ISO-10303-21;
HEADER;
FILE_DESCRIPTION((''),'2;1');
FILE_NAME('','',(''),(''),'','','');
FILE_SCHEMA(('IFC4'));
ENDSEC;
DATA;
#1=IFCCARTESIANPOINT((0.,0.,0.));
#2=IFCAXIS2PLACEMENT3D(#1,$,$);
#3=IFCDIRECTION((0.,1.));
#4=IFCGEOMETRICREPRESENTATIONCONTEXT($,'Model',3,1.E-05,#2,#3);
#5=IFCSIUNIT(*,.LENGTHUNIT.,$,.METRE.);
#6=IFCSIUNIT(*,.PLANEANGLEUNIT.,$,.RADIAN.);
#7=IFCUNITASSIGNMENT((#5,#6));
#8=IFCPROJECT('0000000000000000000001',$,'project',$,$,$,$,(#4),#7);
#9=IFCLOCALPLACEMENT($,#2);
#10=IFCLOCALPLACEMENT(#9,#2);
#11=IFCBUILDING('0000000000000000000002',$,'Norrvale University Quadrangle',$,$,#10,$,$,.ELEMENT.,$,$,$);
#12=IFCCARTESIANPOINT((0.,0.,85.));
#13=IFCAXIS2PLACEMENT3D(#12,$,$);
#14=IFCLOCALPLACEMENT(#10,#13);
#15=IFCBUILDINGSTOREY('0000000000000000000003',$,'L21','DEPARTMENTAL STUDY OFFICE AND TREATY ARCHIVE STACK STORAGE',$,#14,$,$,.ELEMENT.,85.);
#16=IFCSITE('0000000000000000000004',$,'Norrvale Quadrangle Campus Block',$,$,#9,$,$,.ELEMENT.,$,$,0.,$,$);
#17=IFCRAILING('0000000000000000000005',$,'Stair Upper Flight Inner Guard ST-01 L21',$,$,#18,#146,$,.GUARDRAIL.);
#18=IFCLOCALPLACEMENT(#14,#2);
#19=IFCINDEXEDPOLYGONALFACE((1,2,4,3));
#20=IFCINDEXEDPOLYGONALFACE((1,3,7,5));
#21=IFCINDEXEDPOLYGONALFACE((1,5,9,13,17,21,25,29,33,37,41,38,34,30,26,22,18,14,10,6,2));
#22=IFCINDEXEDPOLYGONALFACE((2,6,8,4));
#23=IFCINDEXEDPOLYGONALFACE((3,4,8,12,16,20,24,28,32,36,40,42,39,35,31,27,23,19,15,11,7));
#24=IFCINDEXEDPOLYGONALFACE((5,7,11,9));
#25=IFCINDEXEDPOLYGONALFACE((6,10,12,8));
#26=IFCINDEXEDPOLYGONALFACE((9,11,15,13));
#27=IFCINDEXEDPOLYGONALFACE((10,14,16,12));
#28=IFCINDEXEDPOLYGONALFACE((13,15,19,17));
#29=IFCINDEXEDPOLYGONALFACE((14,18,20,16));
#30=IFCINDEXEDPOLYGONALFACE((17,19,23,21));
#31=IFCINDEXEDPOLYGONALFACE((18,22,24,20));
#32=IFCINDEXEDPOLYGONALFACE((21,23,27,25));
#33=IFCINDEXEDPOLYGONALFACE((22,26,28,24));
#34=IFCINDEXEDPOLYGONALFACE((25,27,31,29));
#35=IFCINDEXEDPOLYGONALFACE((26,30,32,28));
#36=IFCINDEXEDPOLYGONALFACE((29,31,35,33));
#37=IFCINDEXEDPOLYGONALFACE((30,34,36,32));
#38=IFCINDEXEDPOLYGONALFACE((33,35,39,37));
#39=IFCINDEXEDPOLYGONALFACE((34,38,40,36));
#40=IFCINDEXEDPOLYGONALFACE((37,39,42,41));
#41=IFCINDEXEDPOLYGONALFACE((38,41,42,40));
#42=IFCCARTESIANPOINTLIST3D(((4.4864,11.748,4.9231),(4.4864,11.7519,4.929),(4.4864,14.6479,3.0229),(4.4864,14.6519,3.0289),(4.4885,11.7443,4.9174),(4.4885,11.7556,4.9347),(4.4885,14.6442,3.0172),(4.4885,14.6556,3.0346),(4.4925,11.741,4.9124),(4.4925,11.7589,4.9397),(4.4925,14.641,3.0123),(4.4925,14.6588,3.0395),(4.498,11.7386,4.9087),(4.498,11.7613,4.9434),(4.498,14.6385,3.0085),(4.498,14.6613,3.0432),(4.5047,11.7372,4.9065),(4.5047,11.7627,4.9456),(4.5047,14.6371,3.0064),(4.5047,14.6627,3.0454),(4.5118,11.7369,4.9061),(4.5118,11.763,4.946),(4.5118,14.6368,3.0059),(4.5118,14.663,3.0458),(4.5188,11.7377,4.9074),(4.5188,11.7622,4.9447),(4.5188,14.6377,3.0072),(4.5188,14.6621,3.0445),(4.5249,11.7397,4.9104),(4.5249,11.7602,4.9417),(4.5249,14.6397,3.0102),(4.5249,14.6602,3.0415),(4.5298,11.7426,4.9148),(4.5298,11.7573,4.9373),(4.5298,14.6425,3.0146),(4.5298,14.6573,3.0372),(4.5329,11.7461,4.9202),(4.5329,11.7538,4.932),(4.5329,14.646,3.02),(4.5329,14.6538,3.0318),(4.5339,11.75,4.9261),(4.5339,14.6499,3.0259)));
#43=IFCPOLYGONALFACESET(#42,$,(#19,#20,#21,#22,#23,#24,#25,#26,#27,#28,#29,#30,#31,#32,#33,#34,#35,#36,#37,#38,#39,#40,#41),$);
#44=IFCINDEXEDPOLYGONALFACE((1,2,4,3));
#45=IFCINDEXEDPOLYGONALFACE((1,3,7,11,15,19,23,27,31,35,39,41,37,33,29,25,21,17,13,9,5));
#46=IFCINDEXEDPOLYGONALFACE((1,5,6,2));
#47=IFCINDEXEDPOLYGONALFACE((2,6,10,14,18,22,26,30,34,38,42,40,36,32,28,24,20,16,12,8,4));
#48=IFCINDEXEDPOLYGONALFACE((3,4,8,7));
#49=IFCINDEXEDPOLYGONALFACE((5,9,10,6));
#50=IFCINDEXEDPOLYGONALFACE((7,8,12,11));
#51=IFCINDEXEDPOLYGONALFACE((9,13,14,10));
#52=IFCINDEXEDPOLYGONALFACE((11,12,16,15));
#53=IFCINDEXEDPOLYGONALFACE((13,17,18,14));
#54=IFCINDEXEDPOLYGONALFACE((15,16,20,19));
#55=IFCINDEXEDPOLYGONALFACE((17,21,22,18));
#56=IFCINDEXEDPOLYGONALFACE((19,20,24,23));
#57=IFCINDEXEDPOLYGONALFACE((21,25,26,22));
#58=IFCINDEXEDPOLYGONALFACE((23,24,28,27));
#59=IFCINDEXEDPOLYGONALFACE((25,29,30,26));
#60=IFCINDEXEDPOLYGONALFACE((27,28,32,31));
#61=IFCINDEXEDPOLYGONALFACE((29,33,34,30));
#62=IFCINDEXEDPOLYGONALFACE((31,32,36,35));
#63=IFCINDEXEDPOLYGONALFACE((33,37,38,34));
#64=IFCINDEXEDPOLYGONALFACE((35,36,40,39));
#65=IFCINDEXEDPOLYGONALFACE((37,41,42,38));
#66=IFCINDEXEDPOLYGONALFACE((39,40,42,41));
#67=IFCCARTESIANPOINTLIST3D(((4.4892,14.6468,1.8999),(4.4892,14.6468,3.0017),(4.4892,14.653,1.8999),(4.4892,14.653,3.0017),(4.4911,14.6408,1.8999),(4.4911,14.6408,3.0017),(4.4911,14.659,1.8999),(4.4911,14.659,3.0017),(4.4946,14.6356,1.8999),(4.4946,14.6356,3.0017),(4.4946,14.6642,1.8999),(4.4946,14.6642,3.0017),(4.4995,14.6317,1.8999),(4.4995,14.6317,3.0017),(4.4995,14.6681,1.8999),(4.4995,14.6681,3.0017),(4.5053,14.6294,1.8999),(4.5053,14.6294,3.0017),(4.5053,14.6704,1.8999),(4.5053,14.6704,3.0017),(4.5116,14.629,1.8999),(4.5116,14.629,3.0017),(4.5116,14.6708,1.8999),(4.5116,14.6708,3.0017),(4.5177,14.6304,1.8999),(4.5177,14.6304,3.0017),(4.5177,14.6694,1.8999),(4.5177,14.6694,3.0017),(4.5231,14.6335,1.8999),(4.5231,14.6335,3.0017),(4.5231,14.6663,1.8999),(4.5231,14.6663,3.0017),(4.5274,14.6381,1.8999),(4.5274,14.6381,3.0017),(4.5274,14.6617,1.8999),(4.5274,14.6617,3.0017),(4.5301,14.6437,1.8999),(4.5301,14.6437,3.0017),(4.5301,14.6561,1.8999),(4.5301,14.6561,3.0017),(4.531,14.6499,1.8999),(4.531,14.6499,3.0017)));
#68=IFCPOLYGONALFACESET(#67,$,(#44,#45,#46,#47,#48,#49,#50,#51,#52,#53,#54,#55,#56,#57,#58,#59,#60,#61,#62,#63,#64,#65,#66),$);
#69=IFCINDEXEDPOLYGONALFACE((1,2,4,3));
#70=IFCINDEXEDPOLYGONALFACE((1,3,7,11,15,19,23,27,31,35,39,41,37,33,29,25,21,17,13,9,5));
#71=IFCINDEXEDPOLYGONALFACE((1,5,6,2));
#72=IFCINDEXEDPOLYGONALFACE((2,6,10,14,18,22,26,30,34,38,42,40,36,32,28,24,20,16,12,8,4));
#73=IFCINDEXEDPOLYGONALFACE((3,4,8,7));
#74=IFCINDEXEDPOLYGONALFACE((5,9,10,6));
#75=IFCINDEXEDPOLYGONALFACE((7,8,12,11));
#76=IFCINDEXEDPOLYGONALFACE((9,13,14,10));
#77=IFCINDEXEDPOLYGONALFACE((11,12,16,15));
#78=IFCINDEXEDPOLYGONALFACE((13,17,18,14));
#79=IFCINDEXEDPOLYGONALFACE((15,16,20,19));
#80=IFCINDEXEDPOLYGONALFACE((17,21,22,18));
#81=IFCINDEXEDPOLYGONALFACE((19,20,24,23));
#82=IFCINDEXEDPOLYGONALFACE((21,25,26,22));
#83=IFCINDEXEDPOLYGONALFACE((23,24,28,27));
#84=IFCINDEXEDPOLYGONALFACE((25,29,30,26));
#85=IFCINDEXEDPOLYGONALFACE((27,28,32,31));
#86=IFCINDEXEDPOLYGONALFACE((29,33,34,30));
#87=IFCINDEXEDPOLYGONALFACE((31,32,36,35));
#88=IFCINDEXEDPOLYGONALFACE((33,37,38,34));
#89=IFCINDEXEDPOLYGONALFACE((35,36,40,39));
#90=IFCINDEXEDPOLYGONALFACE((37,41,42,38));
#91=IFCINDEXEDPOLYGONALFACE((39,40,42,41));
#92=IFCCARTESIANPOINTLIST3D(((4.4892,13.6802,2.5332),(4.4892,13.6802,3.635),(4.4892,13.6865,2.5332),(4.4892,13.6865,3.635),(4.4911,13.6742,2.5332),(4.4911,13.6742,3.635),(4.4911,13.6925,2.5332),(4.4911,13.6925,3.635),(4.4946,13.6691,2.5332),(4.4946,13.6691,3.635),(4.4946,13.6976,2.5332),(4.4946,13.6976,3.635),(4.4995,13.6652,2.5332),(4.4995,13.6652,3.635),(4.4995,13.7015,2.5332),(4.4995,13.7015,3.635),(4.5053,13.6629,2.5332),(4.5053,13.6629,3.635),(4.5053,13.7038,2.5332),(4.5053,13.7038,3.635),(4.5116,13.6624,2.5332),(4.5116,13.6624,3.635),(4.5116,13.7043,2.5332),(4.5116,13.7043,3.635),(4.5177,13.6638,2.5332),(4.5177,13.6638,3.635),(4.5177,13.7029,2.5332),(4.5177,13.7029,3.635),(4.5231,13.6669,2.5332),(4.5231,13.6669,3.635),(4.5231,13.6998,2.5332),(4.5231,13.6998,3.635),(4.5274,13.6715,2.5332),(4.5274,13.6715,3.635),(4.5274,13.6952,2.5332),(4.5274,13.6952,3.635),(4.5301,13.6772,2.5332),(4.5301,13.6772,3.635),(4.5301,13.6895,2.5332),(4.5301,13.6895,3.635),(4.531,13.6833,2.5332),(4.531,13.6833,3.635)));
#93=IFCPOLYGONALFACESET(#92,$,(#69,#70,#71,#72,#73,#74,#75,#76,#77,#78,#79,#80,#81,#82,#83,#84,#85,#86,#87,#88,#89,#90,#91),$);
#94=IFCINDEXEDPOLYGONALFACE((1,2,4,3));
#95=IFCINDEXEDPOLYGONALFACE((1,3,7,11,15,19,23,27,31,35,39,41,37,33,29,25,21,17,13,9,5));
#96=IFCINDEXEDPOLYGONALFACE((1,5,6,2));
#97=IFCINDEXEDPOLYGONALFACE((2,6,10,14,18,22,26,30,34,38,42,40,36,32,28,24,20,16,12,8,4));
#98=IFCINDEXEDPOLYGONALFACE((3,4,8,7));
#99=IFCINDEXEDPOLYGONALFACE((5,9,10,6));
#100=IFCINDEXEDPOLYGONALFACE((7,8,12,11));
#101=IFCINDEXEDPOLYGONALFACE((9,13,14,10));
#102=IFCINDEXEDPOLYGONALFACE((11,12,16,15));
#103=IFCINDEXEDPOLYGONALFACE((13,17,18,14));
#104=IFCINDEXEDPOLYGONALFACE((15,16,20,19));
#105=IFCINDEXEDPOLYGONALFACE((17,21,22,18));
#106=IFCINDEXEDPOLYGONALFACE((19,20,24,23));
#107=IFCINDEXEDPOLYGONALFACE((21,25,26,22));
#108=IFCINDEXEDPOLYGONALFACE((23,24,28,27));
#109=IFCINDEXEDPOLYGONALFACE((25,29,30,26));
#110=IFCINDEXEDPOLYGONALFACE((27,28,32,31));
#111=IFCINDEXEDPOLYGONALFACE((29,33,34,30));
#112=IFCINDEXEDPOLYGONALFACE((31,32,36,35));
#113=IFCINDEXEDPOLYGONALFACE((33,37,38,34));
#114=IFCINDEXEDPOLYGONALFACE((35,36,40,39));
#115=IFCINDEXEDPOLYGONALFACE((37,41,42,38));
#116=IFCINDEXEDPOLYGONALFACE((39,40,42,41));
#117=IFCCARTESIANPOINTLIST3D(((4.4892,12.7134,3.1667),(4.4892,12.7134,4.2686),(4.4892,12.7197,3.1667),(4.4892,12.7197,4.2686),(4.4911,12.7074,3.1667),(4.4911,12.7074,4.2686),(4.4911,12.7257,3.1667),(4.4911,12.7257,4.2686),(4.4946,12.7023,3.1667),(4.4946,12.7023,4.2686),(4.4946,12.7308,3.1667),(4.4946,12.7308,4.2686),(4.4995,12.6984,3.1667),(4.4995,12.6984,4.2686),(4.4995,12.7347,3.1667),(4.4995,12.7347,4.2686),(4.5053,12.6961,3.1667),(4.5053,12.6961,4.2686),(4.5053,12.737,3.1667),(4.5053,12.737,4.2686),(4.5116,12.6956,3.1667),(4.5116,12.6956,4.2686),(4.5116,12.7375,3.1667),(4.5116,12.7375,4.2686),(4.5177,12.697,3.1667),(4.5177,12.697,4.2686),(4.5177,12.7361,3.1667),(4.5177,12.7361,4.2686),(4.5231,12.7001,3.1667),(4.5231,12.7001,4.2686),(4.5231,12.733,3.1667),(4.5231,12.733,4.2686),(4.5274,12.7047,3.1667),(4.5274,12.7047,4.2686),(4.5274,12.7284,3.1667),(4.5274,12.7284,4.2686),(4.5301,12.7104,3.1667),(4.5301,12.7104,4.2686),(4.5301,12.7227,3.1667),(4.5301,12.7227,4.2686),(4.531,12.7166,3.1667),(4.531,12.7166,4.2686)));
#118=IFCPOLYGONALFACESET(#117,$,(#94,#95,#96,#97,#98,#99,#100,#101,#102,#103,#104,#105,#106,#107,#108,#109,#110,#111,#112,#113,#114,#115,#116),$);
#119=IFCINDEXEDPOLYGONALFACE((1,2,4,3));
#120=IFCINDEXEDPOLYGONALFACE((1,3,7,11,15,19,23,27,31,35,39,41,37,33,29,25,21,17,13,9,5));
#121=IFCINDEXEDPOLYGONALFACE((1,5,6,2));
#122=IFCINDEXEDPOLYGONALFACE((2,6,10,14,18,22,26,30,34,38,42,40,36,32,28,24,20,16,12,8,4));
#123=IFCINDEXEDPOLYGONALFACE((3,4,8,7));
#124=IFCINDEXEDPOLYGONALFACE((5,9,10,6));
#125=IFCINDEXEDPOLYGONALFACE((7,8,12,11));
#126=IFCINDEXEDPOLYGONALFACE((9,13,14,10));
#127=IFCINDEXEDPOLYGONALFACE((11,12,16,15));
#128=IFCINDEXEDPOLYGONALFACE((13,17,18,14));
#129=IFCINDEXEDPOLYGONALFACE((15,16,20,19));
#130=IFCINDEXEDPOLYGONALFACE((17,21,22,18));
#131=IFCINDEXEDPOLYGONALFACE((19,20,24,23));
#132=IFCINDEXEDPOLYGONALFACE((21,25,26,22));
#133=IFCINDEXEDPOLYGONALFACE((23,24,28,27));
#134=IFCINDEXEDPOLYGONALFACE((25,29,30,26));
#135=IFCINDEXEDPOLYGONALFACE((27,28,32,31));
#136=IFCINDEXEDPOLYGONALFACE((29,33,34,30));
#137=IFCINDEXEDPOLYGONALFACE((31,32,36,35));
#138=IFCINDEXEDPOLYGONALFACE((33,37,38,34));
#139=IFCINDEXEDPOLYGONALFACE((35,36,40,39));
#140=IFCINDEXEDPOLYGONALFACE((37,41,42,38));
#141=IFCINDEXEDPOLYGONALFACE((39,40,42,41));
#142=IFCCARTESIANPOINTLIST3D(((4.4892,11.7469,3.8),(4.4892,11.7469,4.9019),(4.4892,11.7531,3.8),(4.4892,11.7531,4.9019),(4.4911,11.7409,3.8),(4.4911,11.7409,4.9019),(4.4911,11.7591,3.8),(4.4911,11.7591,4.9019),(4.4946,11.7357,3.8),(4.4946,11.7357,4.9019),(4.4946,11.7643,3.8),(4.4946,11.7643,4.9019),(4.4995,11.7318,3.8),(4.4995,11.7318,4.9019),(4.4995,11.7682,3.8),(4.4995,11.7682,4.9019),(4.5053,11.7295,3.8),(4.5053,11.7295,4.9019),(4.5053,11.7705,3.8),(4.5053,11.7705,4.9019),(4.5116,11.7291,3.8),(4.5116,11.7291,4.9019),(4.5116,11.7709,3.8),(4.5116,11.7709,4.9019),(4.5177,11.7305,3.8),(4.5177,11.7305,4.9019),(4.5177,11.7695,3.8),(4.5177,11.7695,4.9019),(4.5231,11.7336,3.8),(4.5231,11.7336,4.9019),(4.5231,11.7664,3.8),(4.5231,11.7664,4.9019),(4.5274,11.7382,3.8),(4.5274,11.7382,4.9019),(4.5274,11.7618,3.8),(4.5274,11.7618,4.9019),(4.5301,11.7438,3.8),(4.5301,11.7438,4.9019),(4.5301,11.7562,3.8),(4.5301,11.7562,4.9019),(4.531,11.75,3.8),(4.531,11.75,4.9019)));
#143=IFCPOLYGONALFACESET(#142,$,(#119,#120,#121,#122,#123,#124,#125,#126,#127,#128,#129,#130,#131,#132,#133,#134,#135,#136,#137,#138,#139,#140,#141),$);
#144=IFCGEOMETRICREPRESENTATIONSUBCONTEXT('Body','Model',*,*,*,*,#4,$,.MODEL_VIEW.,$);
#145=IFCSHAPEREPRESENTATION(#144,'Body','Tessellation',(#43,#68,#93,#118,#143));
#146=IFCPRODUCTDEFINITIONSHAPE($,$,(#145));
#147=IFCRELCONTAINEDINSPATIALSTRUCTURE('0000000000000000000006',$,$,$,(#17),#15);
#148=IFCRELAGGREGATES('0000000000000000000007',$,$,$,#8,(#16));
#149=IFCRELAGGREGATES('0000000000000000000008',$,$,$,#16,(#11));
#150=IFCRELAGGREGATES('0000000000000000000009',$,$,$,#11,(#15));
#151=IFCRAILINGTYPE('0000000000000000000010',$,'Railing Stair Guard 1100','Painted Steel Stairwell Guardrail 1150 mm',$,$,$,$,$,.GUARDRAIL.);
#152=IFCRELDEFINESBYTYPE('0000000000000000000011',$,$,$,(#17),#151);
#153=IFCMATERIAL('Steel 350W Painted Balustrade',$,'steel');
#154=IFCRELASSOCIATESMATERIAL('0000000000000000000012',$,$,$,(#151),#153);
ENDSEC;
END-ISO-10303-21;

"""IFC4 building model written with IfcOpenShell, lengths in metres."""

from ifc_helpers import new_model, si_unit, direction, frame, origin, origin_2d, place, context, subcontext, project, spatial, circle, extrude, material, type_object, element, save


model = new_model("IFC4")

# Units and contexts
model_context = context("Model", 3, precision=1e-05, world=origin(), true_north=direction((0.0, 1.0)))
body_context = subcontext(model_context, "Body", "Model", "MODEL_VIEW")
ifc_project = project(units=[si_unit("LENGTHUNIT", "METRE"), si_unit("PLANEANGLEUNIT", "RADIAN")], contexts=[model_context])

# Site, building, storey
site_placement = place(None, origin())
site = spatial("IfcSite", under=ifc_project, at=site_placement, Name="Norrvale Quadrangle Campus Block", CompositionType="ELEMENT", RefElevation=0.0)
building_placement = place(site_placement, origin())
building = spatial("IfcBuilding", under=site, at=building_placement, Name="Norrvale University Quadrangle", CompositionType="ELEMENT")
storey_placement = place(building_placement, frame((0.0, 0.0, 85.0)))
storey = spatial("IfcBuildingStorey", under=building, at=storey_placement, Name="L21", Description="DEPARTMENTAL STUDY OFFICE AND TREATY ARCHIVE STACK STORAGE", CompositionType="ELEMENT", Elevation=85.0)

# Railing
ifc_material_1 = material(Name="Steel 350W Painted Balustrade", Category="steel")
railing_type_1 = type_object("IfcRailingType", Name="Railing Stair Guard 1100", Description="Painted Steel Stairwell Guardrail 1150 mm", PredefinedType="GUARDRAIL", material=ifc_material_1)
railing_1_placement = place(storey_placement, frame((4.51, 14.6499, 1.8999)))
element("IfcRailing", 1, at=railing_1_placement, inside=storey, type_object=railing_type_1, Name="Stair Upper Flight Inner Guard ST-01 L21", PredefinedType="GUARDRAIL", context=body_context, shape_type="SweptSolid", body=[
    extrude(circle(Radius=0.0239, at=origin_2d()), frame((0.0, 0.0, 1.126), z_axis=(0.0, -0.836433, 0.548069), x_axis=(1.0, 0.0, 0.0)), (0.0, 0.0, 1.0), 3.467),
    extrude(circle(Radius=0.021, at=origin_2d()), origin(), (0.0, 0.0, 1.0), 1.1018),
    extrude(circle(Radius=0.021, at=origin_2d()), frame((0.0, -0.9666, 0.6333)), (0.0, 0.0, 1.0), 1.1018),
    extrude(circle(Radius=0.021, at=origin_2d()), frame((0.0, -1.9333, 1.2668)), (0.0, 0.0, 1.0), 1.1018),
    extrude(circle(Radius=0.021, at=origin_2d()), frame((0.0, -2.8999, 1.9001)), (0.0, 0.0, 1.0), 1.1018),
])

save(model, "model.ifc")
